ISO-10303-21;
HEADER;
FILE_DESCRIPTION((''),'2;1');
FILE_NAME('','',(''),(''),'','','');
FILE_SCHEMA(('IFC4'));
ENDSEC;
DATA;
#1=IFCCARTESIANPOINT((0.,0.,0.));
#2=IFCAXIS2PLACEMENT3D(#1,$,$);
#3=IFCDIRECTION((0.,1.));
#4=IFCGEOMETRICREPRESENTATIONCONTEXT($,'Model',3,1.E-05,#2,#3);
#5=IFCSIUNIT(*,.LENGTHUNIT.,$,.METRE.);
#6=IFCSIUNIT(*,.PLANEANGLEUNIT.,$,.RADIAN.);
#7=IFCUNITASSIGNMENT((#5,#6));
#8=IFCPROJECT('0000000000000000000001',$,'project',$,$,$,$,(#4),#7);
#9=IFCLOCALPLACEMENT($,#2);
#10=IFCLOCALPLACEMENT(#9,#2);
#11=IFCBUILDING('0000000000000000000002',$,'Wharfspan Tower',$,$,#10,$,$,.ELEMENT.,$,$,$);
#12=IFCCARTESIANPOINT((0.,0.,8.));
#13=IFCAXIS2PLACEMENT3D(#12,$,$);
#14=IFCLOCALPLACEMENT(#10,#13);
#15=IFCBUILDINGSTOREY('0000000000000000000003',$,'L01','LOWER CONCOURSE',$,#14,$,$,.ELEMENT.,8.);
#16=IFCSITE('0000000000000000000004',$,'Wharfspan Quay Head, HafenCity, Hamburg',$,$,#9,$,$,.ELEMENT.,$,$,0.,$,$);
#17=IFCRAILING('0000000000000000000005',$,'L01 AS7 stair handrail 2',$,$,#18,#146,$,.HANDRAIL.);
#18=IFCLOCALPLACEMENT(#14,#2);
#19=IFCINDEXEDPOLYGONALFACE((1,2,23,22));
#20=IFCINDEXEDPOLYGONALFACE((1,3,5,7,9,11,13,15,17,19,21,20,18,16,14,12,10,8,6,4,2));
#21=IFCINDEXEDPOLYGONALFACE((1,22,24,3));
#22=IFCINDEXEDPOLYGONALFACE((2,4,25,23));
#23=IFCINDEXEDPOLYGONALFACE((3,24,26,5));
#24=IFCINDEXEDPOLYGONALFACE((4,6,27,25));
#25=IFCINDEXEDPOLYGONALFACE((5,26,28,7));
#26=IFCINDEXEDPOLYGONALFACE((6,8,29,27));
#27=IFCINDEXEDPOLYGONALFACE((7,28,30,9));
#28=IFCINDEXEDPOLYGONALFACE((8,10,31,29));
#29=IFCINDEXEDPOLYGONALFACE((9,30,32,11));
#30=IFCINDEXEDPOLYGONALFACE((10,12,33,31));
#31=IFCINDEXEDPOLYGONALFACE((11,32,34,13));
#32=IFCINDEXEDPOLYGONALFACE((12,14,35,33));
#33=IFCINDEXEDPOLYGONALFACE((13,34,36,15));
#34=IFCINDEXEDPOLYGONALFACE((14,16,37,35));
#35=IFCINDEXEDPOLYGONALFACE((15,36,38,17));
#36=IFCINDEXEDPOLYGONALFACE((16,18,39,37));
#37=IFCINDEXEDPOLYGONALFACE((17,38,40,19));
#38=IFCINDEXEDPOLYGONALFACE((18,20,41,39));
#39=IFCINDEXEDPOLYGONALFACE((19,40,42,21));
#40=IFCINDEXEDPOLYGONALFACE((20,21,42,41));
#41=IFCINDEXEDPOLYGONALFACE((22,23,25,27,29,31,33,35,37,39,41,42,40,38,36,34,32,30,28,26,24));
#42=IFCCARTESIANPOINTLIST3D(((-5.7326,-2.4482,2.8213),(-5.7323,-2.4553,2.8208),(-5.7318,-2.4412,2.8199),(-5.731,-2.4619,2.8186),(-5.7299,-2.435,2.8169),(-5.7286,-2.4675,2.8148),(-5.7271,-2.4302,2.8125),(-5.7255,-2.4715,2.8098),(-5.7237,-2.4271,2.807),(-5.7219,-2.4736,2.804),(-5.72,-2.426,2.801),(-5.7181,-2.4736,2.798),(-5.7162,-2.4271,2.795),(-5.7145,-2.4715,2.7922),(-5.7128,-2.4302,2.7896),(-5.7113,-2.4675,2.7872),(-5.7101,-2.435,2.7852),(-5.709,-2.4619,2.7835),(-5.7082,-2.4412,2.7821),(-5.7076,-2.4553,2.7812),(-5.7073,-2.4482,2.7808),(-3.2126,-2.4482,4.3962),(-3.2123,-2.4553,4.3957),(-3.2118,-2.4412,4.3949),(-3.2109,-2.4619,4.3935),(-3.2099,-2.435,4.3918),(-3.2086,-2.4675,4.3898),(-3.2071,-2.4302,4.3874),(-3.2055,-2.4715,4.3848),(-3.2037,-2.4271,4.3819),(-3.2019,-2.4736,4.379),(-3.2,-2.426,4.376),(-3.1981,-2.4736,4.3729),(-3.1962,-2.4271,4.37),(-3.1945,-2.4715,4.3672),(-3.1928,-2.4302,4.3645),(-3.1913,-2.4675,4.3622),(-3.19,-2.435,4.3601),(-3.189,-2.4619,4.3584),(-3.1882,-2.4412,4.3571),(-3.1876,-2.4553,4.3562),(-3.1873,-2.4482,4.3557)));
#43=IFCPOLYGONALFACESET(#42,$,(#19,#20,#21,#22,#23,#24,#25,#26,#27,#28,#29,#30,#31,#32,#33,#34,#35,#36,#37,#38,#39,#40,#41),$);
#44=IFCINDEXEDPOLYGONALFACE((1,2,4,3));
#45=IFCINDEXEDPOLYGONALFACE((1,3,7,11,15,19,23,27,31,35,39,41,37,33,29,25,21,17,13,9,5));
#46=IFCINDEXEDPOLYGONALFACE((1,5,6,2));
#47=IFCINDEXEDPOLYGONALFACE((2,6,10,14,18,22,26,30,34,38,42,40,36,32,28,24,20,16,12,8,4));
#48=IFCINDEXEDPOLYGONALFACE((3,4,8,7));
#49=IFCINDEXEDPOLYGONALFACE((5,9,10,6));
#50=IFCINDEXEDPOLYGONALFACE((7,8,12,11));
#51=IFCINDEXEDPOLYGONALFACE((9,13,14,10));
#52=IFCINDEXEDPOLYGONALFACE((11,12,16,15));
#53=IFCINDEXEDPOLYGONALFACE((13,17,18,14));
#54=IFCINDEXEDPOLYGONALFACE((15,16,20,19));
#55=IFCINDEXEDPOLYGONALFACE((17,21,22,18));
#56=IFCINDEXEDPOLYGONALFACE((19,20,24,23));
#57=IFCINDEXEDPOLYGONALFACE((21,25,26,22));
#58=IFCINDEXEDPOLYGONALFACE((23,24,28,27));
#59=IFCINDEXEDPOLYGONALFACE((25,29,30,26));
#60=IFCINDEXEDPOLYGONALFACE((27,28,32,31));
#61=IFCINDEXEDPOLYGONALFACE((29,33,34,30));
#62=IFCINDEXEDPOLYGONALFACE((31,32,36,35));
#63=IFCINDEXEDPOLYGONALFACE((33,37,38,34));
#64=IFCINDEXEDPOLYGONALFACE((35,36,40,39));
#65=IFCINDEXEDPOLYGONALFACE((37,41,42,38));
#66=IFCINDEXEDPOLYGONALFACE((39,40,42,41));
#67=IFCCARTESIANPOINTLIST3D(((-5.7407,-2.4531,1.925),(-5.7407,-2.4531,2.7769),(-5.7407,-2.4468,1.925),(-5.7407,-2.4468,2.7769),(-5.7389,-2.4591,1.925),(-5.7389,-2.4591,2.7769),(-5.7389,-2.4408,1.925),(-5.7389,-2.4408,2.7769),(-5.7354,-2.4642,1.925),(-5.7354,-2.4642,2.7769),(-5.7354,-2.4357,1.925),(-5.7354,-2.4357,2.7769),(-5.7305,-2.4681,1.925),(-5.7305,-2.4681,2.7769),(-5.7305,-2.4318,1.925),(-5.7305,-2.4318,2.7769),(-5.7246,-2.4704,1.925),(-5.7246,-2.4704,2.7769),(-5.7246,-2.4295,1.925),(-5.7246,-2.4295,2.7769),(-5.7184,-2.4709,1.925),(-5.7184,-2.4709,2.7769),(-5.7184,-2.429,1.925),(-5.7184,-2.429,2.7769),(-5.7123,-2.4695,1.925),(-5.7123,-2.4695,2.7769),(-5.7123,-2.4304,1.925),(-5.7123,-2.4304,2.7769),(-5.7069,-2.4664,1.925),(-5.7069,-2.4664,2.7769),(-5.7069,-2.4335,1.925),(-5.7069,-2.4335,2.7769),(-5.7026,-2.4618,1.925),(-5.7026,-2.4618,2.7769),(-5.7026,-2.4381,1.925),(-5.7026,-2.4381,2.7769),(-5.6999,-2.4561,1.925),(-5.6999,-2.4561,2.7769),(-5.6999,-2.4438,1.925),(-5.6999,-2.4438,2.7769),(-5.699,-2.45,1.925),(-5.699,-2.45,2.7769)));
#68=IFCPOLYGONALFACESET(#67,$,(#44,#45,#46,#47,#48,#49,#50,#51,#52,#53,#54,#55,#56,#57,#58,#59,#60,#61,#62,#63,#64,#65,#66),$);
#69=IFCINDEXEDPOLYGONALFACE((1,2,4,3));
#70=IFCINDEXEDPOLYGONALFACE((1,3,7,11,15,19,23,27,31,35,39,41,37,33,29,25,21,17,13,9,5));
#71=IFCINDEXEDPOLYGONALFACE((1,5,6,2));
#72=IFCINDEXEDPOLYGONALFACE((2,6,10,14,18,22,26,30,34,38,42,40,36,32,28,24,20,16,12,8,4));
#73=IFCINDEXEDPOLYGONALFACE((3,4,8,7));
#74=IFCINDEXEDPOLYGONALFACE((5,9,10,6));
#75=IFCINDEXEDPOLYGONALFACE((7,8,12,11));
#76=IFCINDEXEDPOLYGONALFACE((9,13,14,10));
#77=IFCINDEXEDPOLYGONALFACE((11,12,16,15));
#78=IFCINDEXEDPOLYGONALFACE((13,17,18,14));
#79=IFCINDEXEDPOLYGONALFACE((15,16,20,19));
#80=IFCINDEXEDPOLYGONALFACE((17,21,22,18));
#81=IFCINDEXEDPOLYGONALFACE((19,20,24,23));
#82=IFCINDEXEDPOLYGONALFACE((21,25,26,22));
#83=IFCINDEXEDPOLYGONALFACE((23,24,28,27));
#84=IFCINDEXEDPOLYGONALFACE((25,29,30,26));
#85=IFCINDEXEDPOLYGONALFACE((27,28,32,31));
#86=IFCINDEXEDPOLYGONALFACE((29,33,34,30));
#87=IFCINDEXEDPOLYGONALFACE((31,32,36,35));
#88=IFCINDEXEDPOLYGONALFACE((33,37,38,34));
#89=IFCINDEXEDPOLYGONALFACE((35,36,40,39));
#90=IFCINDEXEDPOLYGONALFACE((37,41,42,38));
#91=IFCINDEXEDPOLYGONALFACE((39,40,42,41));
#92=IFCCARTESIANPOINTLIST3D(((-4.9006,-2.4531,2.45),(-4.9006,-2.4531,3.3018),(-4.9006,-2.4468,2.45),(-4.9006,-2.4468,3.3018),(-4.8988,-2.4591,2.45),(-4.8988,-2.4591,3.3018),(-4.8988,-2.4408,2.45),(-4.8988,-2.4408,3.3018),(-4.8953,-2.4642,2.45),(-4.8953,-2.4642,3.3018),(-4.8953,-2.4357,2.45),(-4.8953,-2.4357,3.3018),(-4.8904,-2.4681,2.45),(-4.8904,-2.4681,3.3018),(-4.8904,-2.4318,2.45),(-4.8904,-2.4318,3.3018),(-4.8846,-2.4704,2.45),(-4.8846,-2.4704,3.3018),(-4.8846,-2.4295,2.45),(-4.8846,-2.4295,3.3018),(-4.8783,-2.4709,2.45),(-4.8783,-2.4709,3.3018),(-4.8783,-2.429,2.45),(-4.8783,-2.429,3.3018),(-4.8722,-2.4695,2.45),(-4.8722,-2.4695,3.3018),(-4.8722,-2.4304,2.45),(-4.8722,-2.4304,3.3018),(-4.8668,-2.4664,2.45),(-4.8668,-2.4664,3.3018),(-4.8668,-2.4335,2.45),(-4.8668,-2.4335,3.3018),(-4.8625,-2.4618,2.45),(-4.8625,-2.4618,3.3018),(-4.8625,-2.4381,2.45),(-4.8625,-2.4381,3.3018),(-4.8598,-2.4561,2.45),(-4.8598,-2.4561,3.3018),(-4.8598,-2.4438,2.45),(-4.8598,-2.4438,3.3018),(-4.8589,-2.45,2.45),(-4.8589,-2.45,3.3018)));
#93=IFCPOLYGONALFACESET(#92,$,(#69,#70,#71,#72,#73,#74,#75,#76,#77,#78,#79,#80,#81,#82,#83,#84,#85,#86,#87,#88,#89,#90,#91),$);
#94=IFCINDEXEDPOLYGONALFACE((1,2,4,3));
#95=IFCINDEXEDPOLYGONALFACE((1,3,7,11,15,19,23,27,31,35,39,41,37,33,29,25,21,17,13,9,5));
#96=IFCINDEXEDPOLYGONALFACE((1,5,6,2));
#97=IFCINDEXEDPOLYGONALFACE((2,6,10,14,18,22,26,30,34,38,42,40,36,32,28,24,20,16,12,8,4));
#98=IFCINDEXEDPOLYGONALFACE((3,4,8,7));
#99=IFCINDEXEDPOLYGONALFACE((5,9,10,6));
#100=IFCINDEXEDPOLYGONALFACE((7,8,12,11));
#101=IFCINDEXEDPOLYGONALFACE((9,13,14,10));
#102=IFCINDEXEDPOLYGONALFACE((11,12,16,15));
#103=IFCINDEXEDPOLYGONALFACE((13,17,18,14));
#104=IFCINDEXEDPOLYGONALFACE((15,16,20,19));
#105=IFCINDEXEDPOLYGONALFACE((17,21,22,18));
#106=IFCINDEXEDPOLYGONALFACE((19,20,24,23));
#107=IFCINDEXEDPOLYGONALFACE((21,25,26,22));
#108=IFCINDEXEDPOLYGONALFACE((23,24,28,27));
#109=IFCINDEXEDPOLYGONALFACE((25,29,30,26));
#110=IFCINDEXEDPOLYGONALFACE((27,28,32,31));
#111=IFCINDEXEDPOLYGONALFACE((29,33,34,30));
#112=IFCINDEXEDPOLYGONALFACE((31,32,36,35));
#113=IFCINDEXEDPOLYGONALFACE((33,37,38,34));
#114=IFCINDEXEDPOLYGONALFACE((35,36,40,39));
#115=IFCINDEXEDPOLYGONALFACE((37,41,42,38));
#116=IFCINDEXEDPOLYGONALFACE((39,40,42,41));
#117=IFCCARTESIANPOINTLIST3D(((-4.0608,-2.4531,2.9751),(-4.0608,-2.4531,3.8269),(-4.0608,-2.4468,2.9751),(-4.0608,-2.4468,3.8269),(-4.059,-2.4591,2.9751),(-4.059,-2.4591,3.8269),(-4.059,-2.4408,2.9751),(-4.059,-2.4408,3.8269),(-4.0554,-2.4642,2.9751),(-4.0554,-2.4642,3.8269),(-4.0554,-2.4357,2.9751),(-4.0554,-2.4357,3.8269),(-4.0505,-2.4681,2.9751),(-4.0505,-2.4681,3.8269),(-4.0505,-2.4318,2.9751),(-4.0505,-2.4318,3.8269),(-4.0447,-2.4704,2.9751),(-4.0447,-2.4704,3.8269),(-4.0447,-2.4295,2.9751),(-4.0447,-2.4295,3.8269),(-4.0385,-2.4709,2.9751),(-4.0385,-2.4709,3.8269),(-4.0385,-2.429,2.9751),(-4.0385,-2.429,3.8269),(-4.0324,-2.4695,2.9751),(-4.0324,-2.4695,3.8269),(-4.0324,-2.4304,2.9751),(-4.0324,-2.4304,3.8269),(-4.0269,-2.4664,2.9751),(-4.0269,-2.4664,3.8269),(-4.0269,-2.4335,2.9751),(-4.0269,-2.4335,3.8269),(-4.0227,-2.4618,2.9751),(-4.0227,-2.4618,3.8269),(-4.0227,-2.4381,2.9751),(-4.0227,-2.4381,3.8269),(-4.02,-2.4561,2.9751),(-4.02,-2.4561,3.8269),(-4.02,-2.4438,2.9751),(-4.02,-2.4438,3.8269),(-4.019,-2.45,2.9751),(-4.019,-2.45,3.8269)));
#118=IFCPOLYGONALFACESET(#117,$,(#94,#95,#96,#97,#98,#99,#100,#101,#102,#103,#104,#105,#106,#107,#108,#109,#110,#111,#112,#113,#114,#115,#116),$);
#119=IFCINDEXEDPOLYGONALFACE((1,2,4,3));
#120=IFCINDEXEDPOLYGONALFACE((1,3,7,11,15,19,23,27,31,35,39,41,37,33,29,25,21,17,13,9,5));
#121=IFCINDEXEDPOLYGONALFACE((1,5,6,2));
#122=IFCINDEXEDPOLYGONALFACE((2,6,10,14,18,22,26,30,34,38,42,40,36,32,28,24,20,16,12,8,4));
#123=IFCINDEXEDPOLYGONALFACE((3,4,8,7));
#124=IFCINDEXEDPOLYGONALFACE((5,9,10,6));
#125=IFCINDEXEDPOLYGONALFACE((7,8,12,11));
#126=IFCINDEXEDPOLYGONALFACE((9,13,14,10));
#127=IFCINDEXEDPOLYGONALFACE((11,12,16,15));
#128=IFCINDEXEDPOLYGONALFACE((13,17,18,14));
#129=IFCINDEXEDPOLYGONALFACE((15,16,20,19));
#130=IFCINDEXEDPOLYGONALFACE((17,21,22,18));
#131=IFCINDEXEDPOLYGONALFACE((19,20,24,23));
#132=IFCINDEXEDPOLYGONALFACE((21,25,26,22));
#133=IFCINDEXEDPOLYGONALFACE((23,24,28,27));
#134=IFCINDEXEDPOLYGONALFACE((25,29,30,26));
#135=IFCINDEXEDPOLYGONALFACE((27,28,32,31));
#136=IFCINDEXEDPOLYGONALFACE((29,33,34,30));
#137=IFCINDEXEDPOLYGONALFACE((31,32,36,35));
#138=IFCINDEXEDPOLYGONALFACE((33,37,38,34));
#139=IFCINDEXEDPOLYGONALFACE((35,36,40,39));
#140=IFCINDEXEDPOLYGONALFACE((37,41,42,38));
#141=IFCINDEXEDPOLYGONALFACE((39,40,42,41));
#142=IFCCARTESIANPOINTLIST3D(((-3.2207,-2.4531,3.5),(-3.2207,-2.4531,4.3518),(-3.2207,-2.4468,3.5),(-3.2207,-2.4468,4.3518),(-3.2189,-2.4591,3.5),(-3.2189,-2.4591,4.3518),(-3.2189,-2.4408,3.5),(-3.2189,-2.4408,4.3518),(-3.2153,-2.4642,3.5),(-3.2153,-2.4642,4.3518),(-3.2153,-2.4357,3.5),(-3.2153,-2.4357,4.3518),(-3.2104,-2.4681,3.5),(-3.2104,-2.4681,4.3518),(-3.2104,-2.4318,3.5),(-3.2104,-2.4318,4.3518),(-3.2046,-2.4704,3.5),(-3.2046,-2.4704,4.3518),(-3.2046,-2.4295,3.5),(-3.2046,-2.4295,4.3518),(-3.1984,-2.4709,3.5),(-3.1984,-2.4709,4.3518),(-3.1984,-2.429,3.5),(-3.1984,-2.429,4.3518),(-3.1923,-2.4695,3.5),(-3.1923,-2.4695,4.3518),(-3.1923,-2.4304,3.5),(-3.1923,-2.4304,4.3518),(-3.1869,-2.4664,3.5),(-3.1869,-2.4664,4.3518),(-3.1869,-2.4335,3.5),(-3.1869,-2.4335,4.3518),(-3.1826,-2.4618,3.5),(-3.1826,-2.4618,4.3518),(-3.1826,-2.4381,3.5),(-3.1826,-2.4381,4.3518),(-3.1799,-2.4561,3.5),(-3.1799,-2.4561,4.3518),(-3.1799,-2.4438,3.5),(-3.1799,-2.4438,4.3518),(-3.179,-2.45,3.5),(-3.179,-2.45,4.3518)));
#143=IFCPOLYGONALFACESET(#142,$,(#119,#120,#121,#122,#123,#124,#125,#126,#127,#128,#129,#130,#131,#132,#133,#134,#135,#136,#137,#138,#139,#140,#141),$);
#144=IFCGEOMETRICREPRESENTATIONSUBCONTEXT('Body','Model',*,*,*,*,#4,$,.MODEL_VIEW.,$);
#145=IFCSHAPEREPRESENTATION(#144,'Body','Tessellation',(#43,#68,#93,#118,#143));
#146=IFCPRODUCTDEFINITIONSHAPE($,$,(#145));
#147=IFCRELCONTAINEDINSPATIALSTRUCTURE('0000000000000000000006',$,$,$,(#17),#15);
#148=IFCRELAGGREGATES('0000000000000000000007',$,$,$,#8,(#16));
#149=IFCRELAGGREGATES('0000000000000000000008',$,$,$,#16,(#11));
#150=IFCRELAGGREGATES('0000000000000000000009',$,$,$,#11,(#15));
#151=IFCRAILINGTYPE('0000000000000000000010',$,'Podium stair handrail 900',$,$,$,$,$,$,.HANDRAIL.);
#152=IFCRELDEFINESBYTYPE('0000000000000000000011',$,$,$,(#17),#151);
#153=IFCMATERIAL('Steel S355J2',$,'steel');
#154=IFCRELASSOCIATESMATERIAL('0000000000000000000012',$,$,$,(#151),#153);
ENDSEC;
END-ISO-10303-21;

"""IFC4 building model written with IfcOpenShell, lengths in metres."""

from ifc_helpers import new_model, si_unit, direction, frame, origin, origin_2d, place, context, subcontext, project, spatial, circle, extrude, material, type_object, element, save


model = new_model("IFC4")

# Units and contexts
model_context = context("Model", 3, precision=1e-05, world=origin(), true_north=direction((0.0, 1.0)))
body_context = subcontext(model_context, "Body", "Model", "MODEL_VIEW")
ifc_project = project(units=[si_unit("LENGTHUNIT", "METRE"), si_unit("PLANEANGLEUNIT", "RADIAN")], contexts=[model_context])

# Site, building, storey
site_placement = place(None, origin())
site = spatial("IfcSite", under=ifc_project, at=site_placement, Name="Wharfspan Quay Head, HafenCity, Hamburg", CompositionType="ELEMENT", RefElevation=0.0)
building_placement = place(site_placement, origin())
building = spatial("IfcBuilding", under=site, at=building_placement, Name="Wharfspan Tower", CompositionType="ELEMENT")
storey_placement = place(building_placement, frame((0.0, 0.0, 8.0)))
storey = spatial("IfcBuildingStorey", under=building, at=storey_placement, Name="L01", Description="LOWER CONCOURSE", CompositionType="ELEMENT", Elevation=8.0)

# Railing
ifc_material_1 = material(Name="Steel S355J2", Category="steel")
railing_type_1 = type_object("IfcRailingType", Name="Podium stair handrail 900", PredefinedType="HANDRAIL", material=ifc_material_1)
railing_1_placement = place(storey_placement, frame((-5.72, -2.45, 1.925)))
element("IfcRailing", 1, at=railing_1_placement, inside=storey, type_object=railing_type_1, Name="L01 AS7 stair handrail 2", PredefinedType="HANDRAIL", context=body_context, shape_type="SweptSolid", body=[
    extrude(circle(Radius=0.0239, at=origin_2d()), frame((0.0, 0.0, 0.876), z_axis=(0.848008, 0.0, 0.529984), x_axis=(0.0, 1.0, 0.0)), (0.0, 0.0, 1.0), 2.9717),
    extrude(circle(Radius=0.021, at=origin_2d()), origin(), (0.0, 0.0, 1.0), 0.8518),
    extrude(circle(Radius=0.021, at=origin_2d()), frame((0.8401, 0.0, 0.5249)), (0.0, 0.0, 1.0), 0.8518),
    extrude(circle(Radius=0.021, at=origin_2d()), frame((1.6799, 0.0, 1.05)), (0.0, 0.0, 1.0), 0.8518),
    extrude(circle(Radius=0.021, at=origin_2d()), frame((2.52, 0.0, 1.575)), (0.0, 0.0, 1.0), 0.8518),
])

save(model, "model.ifc")
